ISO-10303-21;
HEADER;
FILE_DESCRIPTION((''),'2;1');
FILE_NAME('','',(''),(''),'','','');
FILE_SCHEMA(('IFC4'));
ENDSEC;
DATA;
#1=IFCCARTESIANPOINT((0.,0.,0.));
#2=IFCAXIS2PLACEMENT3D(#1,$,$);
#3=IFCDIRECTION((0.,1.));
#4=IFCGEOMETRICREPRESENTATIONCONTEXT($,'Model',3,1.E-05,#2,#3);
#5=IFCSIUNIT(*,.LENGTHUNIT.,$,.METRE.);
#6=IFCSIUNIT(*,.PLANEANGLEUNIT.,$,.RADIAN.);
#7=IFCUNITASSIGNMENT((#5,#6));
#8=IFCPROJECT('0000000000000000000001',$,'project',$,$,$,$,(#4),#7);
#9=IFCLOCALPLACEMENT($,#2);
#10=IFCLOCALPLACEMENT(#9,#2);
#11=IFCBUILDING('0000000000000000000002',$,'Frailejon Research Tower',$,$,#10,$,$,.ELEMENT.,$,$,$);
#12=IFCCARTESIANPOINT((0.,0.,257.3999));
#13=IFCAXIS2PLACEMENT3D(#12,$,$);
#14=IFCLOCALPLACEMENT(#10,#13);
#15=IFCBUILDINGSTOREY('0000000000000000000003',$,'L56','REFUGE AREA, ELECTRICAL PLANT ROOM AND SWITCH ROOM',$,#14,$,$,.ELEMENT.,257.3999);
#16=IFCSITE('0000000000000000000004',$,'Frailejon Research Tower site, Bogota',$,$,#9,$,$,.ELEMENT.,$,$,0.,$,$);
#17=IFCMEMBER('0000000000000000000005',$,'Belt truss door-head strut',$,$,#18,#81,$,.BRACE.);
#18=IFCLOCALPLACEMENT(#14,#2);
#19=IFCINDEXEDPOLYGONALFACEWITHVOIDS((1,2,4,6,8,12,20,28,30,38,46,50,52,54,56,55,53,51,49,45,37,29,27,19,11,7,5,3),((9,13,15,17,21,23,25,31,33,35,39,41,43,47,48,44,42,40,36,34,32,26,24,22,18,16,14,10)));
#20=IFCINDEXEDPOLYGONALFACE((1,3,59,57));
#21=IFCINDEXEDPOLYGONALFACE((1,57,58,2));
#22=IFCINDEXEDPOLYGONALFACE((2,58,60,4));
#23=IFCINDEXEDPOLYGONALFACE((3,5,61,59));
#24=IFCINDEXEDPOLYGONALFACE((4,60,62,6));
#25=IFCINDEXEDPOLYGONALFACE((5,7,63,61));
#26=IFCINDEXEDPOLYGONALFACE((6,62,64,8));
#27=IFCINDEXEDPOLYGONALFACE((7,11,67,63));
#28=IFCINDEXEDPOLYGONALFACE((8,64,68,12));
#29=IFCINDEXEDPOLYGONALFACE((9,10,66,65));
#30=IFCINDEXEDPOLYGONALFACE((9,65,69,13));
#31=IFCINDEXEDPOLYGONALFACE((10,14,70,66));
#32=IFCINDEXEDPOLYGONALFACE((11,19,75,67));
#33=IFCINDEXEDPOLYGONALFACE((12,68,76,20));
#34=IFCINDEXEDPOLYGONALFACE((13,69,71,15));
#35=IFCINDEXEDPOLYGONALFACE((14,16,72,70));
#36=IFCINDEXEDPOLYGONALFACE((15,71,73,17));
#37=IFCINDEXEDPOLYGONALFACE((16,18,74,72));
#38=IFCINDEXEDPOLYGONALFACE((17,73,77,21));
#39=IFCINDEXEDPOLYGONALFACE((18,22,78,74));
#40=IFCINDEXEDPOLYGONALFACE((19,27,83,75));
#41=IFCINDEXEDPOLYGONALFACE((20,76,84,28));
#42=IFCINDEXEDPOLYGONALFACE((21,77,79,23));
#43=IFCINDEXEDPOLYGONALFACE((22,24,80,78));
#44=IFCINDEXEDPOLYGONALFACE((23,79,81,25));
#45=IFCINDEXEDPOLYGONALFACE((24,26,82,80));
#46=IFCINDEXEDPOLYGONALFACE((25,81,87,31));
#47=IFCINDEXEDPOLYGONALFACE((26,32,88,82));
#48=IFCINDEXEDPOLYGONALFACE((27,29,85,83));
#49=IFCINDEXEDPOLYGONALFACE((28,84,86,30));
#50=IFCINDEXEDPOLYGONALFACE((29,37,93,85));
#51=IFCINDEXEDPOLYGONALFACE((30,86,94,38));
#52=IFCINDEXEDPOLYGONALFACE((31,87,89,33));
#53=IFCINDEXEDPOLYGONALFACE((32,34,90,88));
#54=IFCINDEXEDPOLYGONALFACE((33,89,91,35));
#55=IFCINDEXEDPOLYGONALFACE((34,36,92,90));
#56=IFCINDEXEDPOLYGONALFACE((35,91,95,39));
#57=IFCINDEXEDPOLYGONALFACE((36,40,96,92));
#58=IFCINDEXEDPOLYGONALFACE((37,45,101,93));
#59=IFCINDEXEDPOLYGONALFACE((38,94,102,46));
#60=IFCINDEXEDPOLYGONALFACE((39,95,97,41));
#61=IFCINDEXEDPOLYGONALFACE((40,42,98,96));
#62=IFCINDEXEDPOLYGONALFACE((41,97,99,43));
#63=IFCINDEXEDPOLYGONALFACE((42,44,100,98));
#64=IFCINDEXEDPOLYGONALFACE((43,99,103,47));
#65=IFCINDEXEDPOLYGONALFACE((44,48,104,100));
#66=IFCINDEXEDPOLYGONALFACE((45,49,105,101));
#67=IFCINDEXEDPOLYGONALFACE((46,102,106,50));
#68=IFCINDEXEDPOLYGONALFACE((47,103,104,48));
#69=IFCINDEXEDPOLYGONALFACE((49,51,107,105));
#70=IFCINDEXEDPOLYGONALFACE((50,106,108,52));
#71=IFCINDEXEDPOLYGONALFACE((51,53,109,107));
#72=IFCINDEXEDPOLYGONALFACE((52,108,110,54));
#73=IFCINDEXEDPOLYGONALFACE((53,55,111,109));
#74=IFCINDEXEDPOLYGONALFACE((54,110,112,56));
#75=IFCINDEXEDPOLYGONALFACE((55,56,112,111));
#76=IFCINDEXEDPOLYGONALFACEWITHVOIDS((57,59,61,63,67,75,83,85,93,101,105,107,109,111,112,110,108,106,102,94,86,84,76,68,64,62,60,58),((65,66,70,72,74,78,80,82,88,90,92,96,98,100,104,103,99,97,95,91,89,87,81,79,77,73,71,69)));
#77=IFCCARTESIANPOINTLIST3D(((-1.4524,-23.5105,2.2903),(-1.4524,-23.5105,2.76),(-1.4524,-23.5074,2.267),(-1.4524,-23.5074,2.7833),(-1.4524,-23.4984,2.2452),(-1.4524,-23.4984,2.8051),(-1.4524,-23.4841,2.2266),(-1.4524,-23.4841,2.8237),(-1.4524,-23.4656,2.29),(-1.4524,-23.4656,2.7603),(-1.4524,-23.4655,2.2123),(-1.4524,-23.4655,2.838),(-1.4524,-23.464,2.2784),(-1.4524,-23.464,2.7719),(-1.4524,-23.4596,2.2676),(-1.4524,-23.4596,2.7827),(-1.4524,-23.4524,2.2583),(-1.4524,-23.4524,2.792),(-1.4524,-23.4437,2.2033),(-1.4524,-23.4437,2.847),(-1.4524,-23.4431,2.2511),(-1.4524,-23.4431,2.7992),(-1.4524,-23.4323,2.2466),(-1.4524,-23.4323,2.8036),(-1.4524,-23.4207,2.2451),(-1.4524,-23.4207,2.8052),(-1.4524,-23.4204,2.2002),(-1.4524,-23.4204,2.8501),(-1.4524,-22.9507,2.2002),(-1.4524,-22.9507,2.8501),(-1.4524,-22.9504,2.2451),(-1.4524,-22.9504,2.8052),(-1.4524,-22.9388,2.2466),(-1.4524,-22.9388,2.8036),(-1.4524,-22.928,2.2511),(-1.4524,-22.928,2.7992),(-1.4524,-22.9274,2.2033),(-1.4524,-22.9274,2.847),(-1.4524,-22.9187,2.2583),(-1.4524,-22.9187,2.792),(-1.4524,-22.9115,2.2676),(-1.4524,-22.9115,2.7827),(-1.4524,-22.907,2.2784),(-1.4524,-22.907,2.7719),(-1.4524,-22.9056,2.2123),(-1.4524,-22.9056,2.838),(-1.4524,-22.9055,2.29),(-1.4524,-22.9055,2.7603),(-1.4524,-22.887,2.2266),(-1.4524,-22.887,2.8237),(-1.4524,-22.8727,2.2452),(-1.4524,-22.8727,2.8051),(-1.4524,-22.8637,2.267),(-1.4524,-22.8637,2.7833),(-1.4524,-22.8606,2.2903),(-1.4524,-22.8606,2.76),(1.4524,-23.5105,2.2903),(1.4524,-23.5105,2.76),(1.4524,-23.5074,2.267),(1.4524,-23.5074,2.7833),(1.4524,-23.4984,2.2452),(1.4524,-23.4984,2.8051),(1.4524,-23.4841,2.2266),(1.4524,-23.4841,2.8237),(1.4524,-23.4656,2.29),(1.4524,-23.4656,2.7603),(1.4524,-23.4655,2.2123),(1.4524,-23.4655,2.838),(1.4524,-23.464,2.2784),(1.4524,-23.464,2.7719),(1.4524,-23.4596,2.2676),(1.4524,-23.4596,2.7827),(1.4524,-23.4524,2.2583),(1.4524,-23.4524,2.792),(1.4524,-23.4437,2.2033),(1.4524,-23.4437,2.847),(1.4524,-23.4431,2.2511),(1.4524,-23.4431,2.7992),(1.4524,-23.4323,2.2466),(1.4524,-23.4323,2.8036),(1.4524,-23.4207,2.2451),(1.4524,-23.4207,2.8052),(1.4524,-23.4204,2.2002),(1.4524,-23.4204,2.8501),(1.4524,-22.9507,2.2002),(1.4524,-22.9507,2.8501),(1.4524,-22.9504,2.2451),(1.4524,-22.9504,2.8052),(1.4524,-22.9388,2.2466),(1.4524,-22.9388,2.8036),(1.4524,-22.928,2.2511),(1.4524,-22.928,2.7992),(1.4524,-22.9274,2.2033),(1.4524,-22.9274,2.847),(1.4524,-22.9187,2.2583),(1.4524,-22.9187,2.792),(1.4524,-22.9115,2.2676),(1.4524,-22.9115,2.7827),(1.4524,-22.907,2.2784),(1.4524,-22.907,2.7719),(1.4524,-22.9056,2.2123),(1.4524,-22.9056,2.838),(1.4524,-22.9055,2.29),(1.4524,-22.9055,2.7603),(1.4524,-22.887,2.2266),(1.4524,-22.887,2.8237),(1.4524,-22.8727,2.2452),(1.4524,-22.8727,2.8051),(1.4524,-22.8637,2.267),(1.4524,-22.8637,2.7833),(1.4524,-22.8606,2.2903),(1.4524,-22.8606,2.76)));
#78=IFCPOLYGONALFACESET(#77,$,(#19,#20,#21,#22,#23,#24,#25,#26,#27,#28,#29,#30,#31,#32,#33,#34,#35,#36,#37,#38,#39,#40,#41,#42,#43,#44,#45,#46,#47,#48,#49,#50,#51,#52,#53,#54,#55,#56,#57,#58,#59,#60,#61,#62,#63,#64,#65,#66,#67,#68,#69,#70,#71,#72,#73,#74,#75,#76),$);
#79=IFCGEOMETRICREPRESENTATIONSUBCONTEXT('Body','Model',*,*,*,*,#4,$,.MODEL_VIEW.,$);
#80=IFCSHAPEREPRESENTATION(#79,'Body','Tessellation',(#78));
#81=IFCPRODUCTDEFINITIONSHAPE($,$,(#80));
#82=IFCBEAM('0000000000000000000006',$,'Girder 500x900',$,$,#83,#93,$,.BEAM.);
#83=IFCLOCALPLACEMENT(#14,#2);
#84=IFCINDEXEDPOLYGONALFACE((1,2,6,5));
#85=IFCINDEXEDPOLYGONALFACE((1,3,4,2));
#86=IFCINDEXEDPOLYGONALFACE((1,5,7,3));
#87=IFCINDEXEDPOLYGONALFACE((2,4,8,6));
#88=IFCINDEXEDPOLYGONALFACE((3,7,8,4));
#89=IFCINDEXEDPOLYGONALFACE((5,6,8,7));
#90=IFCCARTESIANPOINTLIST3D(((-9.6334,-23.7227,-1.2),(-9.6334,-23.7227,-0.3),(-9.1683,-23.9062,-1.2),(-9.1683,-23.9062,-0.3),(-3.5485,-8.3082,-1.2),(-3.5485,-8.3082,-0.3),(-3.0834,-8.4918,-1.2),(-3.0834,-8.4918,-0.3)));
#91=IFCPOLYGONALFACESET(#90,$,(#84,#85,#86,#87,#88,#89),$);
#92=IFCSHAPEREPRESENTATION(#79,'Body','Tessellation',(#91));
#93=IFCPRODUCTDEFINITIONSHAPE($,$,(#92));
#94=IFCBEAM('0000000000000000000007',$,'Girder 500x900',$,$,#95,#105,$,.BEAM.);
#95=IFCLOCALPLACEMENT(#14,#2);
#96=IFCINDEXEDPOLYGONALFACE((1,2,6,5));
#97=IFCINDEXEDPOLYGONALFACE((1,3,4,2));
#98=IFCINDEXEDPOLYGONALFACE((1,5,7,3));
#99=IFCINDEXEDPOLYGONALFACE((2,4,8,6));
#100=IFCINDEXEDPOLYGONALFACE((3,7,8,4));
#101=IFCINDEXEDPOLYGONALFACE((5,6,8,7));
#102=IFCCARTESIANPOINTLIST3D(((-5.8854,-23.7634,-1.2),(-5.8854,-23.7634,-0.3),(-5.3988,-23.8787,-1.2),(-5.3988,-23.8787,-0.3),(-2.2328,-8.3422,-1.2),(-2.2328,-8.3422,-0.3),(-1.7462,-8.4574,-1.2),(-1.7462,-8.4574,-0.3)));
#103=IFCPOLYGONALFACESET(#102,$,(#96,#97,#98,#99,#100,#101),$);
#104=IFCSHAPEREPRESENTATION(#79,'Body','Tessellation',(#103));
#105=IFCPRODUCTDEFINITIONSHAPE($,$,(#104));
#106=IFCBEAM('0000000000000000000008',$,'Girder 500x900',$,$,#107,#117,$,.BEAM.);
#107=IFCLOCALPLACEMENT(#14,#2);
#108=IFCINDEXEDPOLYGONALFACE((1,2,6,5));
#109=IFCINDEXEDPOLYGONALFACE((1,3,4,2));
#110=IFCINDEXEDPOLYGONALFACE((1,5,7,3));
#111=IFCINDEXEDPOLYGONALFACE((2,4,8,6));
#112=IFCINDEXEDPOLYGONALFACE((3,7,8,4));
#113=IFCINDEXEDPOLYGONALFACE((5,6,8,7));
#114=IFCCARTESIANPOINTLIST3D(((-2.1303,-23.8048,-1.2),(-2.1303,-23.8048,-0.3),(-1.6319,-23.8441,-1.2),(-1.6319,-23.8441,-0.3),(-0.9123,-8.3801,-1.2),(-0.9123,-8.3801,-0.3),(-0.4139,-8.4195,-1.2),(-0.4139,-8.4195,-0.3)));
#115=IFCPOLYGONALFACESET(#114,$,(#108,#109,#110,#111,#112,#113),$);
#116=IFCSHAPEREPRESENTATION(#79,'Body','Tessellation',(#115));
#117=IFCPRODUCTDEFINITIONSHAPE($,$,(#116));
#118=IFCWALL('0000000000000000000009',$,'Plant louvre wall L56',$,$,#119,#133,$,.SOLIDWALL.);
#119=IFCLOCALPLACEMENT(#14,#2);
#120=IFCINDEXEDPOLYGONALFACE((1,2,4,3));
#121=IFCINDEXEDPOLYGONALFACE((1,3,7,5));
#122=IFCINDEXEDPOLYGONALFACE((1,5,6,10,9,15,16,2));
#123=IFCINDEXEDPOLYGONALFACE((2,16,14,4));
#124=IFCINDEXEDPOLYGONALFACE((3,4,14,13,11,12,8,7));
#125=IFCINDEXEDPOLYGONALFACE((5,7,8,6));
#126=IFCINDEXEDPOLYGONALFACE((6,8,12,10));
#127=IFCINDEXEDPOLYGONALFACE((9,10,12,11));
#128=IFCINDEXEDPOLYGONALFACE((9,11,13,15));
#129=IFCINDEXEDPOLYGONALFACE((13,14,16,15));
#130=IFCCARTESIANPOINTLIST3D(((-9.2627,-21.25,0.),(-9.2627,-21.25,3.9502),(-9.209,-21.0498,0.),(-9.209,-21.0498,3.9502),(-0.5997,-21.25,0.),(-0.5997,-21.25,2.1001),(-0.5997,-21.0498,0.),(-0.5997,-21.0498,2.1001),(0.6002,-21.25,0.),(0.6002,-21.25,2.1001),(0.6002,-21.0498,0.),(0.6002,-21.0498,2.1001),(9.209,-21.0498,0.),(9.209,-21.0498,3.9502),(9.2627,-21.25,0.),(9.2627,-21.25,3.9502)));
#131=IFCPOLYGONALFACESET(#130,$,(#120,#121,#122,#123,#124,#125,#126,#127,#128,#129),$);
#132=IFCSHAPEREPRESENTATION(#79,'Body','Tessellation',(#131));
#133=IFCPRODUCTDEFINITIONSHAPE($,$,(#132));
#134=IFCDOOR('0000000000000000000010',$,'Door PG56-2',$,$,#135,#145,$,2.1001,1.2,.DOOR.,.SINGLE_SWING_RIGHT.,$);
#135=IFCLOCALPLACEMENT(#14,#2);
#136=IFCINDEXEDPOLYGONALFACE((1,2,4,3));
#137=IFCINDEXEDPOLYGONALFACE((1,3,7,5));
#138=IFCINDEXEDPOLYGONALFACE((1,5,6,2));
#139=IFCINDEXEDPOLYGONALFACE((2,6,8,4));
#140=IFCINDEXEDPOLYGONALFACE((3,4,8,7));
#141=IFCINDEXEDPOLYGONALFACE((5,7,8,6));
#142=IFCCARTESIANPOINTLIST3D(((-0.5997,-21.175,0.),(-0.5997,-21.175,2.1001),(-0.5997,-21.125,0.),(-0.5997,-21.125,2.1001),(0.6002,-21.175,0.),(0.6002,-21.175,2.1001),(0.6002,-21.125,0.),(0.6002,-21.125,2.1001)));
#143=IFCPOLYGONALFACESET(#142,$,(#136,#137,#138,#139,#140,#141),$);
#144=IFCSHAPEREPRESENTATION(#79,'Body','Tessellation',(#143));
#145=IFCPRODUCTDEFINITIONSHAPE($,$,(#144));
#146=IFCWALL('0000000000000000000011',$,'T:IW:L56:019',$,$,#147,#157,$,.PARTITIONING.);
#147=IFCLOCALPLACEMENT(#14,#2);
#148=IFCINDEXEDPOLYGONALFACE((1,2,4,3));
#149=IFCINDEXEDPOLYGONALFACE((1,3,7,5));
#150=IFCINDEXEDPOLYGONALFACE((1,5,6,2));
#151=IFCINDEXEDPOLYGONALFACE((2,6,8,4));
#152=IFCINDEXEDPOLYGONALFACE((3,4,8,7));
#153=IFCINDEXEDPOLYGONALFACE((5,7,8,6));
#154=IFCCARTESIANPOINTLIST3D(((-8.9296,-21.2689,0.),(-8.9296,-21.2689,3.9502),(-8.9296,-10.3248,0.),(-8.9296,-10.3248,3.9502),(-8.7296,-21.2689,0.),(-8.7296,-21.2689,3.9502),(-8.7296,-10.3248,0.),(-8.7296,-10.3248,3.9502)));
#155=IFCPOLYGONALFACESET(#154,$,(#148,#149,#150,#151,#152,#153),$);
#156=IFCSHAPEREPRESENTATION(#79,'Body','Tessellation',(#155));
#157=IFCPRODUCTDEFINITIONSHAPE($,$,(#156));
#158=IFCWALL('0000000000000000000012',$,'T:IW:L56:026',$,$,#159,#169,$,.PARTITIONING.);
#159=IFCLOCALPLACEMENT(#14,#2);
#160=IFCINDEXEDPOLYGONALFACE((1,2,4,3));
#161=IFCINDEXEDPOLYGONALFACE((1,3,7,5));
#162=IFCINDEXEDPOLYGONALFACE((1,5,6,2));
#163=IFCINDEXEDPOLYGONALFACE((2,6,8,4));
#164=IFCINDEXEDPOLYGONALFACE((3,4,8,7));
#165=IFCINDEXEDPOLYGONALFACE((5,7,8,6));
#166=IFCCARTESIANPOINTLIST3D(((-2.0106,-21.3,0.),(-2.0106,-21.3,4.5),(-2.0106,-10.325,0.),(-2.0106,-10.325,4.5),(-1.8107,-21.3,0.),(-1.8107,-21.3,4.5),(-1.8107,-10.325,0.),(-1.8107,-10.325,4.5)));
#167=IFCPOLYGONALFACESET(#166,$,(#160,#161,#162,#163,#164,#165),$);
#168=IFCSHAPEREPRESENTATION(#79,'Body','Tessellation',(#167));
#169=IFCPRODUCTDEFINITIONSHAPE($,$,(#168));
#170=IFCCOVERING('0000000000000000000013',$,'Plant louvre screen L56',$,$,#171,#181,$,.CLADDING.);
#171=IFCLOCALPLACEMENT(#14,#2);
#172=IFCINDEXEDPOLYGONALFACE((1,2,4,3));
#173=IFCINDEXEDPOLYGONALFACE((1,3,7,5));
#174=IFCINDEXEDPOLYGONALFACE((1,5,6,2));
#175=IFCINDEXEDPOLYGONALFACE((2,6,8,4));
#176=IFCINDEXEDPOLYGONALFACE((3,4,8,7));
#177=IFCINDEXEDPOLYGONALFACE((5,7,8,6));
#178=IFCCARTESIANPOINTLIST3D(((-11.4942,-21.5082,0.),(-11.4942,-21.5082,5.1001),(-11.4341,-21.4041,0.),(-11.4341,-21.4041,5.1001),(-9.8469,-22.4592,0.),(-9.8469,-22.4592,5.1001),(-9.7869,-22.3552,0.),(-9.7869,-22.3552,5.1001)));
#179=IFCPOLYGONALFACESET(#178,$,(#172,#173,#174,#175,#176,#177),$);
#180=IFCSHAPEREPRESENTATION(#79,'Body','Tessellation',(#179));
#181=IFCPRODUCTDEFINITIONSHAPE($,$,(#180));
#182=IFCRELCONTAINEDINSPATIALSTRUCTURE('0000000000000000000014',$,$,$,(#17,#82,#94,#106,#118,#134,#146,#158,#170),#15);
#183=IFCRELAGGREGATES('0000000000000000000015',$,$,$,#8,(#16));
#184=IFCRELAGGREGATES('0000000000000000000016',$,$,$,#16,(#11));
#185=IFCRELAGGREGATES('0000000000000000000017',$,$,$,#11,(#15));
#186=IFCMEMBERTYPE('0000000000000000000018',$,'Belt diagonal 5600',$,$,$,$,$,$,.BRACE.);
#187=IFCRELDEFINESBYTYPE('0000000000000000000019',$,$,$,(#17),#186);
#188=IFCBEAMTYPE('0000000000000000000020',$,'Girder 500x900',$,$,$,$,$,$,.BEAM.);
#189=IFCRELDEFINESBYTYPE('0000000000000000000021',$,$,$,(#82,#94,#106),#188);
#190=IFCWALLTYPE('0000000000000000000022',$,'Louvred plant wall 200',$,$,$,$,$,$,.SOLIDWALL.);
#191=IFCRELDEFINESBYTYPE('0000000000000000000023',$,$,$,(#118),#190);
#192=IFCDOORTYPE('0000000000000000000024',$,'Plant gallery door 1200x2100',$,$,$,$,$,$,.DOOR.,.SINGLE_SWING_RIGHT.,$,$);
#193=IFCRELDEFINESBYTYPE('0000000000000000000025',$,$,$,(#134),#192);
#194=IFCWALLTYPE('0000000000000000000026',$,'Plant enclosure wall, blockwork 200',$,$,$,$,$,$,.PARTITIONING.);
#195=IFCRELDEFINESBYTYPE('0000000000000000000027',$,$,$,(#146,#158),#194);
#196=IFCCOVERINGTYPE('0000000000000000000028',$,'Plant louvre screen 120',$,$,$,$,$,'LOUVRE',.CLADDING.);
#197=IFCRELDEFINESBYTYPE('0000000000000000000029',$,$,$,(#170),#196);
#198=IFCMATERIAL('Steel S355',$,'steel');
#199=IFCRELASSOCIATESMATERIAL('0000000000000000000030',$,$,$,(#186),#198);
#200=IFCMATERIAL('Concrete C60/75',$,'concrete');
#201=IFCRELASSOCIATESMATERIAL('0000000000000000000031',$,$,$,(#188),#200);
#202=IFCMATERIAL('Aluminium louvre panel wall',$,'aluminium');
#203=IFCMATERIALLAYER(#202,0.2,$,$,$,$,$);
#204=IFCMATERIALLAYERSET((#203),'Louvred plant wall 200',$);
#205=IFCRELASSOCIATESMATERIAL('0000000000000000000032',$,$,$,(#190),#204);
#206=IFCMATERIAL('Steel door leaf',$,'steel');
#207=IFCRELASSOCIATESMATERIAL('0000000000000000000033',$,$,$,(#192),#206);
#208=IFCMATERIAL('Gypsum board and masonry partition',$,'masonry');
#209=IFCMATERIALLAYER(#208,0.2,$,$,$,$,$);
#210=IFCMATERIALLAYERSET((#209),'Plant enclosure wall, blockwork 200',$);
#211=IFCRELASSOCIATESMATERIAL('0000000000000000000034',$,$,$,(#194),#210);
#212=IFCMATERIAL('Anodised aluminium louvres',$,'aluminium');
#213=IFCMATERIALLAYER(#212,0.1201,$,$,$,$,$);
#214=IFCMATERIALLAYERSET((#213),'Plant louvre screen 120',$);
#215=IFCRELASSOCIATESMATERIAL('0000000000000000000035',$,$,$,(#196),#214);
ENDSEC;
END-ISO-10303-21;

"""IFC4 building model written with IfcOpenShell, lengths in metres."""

from ifc_helpers import new_model, si_unit, direction, frame, frame_2d, origin, origin_2d, place, context, subcontext, project, spatial, polyline, rectangle, hollow_rectangle, outline, extrude, material, layer, layer_set, material_profile, profile_set, type_object, element, fill, save


model = new_model("IFC4")

# Units and contexts
model_context = context("Model", 3, precision=1e-05, world=origin(), true_north=direction((0.0, 1.0)))
body_context = subcontext(model_context, "Body", "Model", "MODEL_VIEW")
ifc_project = project(units=[si_unit("LENGTHUNIT", "METRE"), si_unit("PLANEANGLEUNIT", "RADIAN")], contexts=[model_context])

# Site, building, storey
site_placement = place(None, origin())
site = spatial("IfcSite", under=ifc_project, at=site_placement, Name="Frailejon Research Tower site, Bogota", CompositionType="ELEMENT", RefElevation=0.0)
building_placement = place(site_placement, origin())
building = spatial("IfcBuilding", under=site, at=building_placement, Name="Frailejon Research Tower", CompositionType="ELEMENT")
storey_placement = place(building_placement, frame((0.0, 0.0, 257.3999)))
storey = spatial("IfcBuildingStorey", under=building, at=storey_placement, Name="L56", Description="REFUGE AREA, ELECTRICAL PLANT ROOM AND SWITCH ROOM", CompositionType="ELEMENT", Elevation=257.3999)

# Member
ifc_material_1 = material(Name="Steel S355", Category="steel")
ifc_material_profile_1 = material_profile(ifc_material_1, hollow_rectangle(XDim=0.6499, YDim=0.6499, WallThickness=0.0449, InnerFilletRadius=0.0449, OuterFilletRadius=0.0901, at=origin_2d()), Name="Belt diagonal 5600")
ifc_profile_set_1 = profile_set([ifc_material_profile_1], Name="Steel S355")
member_type = type_object("IfcMemberType", Name="Belt diagonal 5600", PredefinedType="BRACE", material=ifc_profile_set_1)
member_1_placement = place(storey_placement, frame((-1.4524, -23.1855, 2.5251), z_axis=(1.0, 0.0, 0.0), x_axis=(0.0, 1.0, 0.0)))
element("IfcMember", 1, at=member_1_placement, inside=storey, type_object=member_type, Name="Belt truss door-head strut", PredefinedType="BRACE", context=body_context, shape_type="SweptSolid", body=[
    extrude(hollow_rectangle(XDim=0.6499, YDim=0.6499, WallThickness=0.0449, InnerFilletRadius=0.0449, OuterFilletRadius=0.0901, at=origin_2d()), origin(), (0.0, 0.0, 1.0), 2.9048),
])

# Beams
ifc_material_2 = material(Name="Concrete C60/75", Category="concrete")
ifc_material_profile_2 = material_profile(ifc_material_2, rectangle(XDim=0.5, YDim=0.8999, at=origin_2d()), Name="Girder 500x900")
ifc_profile_set_2 = profile_set([ifc_material_profile_2], Name="Concrete C60/75")
beam_type_1 = type_object("IfcBeamType", Name="Girder 500x900", PredefinedType="BEAM", material=ifc_profile_set_2)
beam_1_placement = place(storey_placement, frame((-9.4009, -23.8145, -0.75), z_axis=(0.367181, 0.93015, 0.0), x_axis=(-0.93015, 0.367181, 0.0)))
element("IfcBeam", 2, at=beam_1_placement, inside=storey, type_object=beam_type_1, Name="Girder 500x900", PredefinedType="BEAM", context=body_context, shape_type="SweptSolid", body=[
    extrude(rectangle(XDim=0.5, YDim=0.8999, at=origin_2d()), origin(), (0.0, 0.0, 1.0), 16.572),
])
beam_2_placement = place(storey_placement, frame((-5.6421, -23.821, -0.75), z_axis=(0.230479, 0.973077, 0.0), x_axis=(-0.973077, 0.230479, 0.0)))
element("IfcBeam", 3, at=beam_2_placement, inside=storey, type_object=beam_type_1, Name="Girder 500x900", PredefinedType="BEAM", context=body_context, shape_type="SweptSolid", body=[
    extrude(rectangle(XDim=0.5, YDim=0.8999, at=origin_2d()), origin(), (0.0, 0.0, 1.0), 15.8479),
])
beam_3_placement = place(storey_placement, frame((-1.8811, -23.8245, -0.75), z_axis=(0.078721, 0.996897, 0.0), x_axis=(-0.996897, 0.078721, 0.0)))
element("IfcBeam", 4, at=beam_3_placement, inside=storey, type_object=beam_type_1, Name="Girder 500x900", PredefinedType="BEAM", context=body_context, shape_type="SweptSolid", body=[
    extrude(rectangle(XDim=0.5, YDim=0.8999, at=origin_2d()), origin(), (0.0, 0.0, 1.0), 15.4727),
])

# Wall, opening, door
ifc_material_3 = material(Name="Aluminium louvre panel wall", Category="aluminium")
ifc_layer_1 = layer(ifc_material_3, 0.2)
ifc_layer_set_1 = layer_set([ifc_layer_1], Name="Louvred plant wall 200")
wall_type_1 = type_object("IfcWallType", Name="Louvred plant wall 200", PredefinedType="SOLIDWALL", material=ifc_layer_set_1)
wall_1_placement = place(storey_placement, frame((-9.2358, -21.1499, 0.0), z_axis=(0.0, 0.0, 1.0), x_axis=(1.0, 0.0, 0.0)))
wall_1 = element("IfcWall", 5, at=wall_1_placement, inside=storey, type_object=wall_type_1, Name="Plant louvre wall L56", PredefinedType="SOLIDWALL", context=body_context, shape_type="SweptSolid", body=[
    extrude(outline(polyline([(-0.0269, -0.1001), (18.4985, -0.1001), (18.4448, 0.1001), (0.0269, 0.1001), (-0.0269, -0.1001)])), origin(), (0.0, 0.0, 1.0), 3.9502),
])
opening_placement = place(wall_1_placement, frame((8.636, 0.0, 0.0)))
opening = element("IfcOpeningElement", 6, at=opening_placement, cuts=wall_1, PredefinedType="OPENING", context=body_context, shape_type="SweptSolid", body=[
    extrude(rectangle(XDim=1.2, YDim=2.1001, at=frame_2d((0.6001, 1.05))), frame((0.0, 0.1099, 0.0), z_axis=(0.0, -1.0, 0.0), x_axis=(1.0, 0.0, 0.0)), (0.0, 0.0, 1.0), 0.22),
])
ifc_material_4 = material(Name="Steel door leaf", Category="steel")
door_type = type_object("IfcDoorType", Name="Plant gallery door 1200x2100", OperationType="SINGLE_SWING_RIGHT", PredefinedType="DOOR", material=ifc_material_4)
door_placement = place(opening_placement, origin())
door = element("IfcDoor", 7, at=door_placement, inside=storey, type_object=door_type, Name="Door PG56-2", OperationType="SINGLE_SWING_RIGHT", OverallHeight=2.1001, OverallWidth=1.2, PredefinedType="DOOR", context=body_context, shape_type="SweptSolid", body=[
    extrude(rectangle(XDim=1.2, YDim=2.1001, at=frame_2d((0.6001, 1.05))), frame((0.0, 0.0249, 0.0), z_axis=(0.0, -1.0, 0.0), x_axis=(1.0, 0.0, 0.0)), (0.0, 0.0, 1.0), 0.05),
])
fill(opening, door)

# Walls
ifc_material_5 = material(Name="Gypsum board and masonry partition", Category="masonry")
ifc_layer_2 = layer(ifc_material_5, 0.2)
ifc_layer_set_2 = layer_set([ifc_layer_2], Name="Plant enclosure wall, blockwork 200")
wall_type_2 = type_object("IfcWallType", Name="Plant enclosure wall, blockwork 200", PredefinedType="PARTITIONING", material=ifc_layer_set_2)
wall_2_placement = place(storey_placement, frame((-8.8296, -21.269, 0.0), z_axis=(0.0, 0.0, 1.0), x_axis=(0.0, 1.0, 0.0)))
element("IfcWall", 8, at=wall_2_placement, inside=storey, type_object=wall_type_2, Name="T:IW:L56:019", PredefinedType="PARTITIONING", context=body_context, shape_type="SweptSolid", body=[
    extrude(rectangle(XDim=10.9441, YDim=0.2, at=frame_2d((5.4722, 0.0))), origin(), (0.0, 0.0, 1.0), 3.9502),
])
wall_3_placement = place(storey_placement, frame((-1.9106, -21.3, 0.0), z_axis=(0.0, 0.0, 1.0), x_axis=(0.0, 1.0, 0.0)))
element("IfcWall", 9, at=wall_3_placement, inside=storey, type_object=wall_type_2, Name="T:IW:L56:026", PredefinedType="PARTITIONING", context=body_context, shape_type="SweptSolid", body=[
    extrude(rectangle(XDim=10.9751, YDim=0.2, at=frame_2d((5.4875, 0.0))), origin(), (0.0, 0.0, 1.0), 4.5),
])

# Covering
ifc_material_6 = material(Name="Anodised aluminium louvres", Category="aluminium")
ifc_layer_3 = layer(ifc_material_6, 0.1201)
ifc_layer_set_3 = layer_set([ifc_layer_3], Name="Plant louvre screen 120")
covering_type = type_object("IfcCoveringType", Name="Plant louvre screen 120", ElementType="LOUVRE", PredefinedType="CLADDING", material=ifc_layer_set_3)
covering_1_placement = place(storey_placement, frame((-9.8469, -22.4592, 0.0), z_axis=(-0.866024, 0.500003, 0.0), x_axis=(-0.500003, -0.866024, 0.0)))
element("IfcCovering", 10, at=covering_1_placement, inside=storey, type_object=covering_type, Name="Plant louvre screen L56", PredefinedType="CLADDING", context=body_context, shape_type="SweptSolid", body=[
    extrude(outline(polyline([(-0.1201, 0.0), (0.0, 0.0), (0.0, 5.1001), (-0.1201, 5.1001), (-0.1201, 0.0)])), origin(), (0.0, 0.0, 1.0), 1.9021),
])

save(model, "model.ifc")
